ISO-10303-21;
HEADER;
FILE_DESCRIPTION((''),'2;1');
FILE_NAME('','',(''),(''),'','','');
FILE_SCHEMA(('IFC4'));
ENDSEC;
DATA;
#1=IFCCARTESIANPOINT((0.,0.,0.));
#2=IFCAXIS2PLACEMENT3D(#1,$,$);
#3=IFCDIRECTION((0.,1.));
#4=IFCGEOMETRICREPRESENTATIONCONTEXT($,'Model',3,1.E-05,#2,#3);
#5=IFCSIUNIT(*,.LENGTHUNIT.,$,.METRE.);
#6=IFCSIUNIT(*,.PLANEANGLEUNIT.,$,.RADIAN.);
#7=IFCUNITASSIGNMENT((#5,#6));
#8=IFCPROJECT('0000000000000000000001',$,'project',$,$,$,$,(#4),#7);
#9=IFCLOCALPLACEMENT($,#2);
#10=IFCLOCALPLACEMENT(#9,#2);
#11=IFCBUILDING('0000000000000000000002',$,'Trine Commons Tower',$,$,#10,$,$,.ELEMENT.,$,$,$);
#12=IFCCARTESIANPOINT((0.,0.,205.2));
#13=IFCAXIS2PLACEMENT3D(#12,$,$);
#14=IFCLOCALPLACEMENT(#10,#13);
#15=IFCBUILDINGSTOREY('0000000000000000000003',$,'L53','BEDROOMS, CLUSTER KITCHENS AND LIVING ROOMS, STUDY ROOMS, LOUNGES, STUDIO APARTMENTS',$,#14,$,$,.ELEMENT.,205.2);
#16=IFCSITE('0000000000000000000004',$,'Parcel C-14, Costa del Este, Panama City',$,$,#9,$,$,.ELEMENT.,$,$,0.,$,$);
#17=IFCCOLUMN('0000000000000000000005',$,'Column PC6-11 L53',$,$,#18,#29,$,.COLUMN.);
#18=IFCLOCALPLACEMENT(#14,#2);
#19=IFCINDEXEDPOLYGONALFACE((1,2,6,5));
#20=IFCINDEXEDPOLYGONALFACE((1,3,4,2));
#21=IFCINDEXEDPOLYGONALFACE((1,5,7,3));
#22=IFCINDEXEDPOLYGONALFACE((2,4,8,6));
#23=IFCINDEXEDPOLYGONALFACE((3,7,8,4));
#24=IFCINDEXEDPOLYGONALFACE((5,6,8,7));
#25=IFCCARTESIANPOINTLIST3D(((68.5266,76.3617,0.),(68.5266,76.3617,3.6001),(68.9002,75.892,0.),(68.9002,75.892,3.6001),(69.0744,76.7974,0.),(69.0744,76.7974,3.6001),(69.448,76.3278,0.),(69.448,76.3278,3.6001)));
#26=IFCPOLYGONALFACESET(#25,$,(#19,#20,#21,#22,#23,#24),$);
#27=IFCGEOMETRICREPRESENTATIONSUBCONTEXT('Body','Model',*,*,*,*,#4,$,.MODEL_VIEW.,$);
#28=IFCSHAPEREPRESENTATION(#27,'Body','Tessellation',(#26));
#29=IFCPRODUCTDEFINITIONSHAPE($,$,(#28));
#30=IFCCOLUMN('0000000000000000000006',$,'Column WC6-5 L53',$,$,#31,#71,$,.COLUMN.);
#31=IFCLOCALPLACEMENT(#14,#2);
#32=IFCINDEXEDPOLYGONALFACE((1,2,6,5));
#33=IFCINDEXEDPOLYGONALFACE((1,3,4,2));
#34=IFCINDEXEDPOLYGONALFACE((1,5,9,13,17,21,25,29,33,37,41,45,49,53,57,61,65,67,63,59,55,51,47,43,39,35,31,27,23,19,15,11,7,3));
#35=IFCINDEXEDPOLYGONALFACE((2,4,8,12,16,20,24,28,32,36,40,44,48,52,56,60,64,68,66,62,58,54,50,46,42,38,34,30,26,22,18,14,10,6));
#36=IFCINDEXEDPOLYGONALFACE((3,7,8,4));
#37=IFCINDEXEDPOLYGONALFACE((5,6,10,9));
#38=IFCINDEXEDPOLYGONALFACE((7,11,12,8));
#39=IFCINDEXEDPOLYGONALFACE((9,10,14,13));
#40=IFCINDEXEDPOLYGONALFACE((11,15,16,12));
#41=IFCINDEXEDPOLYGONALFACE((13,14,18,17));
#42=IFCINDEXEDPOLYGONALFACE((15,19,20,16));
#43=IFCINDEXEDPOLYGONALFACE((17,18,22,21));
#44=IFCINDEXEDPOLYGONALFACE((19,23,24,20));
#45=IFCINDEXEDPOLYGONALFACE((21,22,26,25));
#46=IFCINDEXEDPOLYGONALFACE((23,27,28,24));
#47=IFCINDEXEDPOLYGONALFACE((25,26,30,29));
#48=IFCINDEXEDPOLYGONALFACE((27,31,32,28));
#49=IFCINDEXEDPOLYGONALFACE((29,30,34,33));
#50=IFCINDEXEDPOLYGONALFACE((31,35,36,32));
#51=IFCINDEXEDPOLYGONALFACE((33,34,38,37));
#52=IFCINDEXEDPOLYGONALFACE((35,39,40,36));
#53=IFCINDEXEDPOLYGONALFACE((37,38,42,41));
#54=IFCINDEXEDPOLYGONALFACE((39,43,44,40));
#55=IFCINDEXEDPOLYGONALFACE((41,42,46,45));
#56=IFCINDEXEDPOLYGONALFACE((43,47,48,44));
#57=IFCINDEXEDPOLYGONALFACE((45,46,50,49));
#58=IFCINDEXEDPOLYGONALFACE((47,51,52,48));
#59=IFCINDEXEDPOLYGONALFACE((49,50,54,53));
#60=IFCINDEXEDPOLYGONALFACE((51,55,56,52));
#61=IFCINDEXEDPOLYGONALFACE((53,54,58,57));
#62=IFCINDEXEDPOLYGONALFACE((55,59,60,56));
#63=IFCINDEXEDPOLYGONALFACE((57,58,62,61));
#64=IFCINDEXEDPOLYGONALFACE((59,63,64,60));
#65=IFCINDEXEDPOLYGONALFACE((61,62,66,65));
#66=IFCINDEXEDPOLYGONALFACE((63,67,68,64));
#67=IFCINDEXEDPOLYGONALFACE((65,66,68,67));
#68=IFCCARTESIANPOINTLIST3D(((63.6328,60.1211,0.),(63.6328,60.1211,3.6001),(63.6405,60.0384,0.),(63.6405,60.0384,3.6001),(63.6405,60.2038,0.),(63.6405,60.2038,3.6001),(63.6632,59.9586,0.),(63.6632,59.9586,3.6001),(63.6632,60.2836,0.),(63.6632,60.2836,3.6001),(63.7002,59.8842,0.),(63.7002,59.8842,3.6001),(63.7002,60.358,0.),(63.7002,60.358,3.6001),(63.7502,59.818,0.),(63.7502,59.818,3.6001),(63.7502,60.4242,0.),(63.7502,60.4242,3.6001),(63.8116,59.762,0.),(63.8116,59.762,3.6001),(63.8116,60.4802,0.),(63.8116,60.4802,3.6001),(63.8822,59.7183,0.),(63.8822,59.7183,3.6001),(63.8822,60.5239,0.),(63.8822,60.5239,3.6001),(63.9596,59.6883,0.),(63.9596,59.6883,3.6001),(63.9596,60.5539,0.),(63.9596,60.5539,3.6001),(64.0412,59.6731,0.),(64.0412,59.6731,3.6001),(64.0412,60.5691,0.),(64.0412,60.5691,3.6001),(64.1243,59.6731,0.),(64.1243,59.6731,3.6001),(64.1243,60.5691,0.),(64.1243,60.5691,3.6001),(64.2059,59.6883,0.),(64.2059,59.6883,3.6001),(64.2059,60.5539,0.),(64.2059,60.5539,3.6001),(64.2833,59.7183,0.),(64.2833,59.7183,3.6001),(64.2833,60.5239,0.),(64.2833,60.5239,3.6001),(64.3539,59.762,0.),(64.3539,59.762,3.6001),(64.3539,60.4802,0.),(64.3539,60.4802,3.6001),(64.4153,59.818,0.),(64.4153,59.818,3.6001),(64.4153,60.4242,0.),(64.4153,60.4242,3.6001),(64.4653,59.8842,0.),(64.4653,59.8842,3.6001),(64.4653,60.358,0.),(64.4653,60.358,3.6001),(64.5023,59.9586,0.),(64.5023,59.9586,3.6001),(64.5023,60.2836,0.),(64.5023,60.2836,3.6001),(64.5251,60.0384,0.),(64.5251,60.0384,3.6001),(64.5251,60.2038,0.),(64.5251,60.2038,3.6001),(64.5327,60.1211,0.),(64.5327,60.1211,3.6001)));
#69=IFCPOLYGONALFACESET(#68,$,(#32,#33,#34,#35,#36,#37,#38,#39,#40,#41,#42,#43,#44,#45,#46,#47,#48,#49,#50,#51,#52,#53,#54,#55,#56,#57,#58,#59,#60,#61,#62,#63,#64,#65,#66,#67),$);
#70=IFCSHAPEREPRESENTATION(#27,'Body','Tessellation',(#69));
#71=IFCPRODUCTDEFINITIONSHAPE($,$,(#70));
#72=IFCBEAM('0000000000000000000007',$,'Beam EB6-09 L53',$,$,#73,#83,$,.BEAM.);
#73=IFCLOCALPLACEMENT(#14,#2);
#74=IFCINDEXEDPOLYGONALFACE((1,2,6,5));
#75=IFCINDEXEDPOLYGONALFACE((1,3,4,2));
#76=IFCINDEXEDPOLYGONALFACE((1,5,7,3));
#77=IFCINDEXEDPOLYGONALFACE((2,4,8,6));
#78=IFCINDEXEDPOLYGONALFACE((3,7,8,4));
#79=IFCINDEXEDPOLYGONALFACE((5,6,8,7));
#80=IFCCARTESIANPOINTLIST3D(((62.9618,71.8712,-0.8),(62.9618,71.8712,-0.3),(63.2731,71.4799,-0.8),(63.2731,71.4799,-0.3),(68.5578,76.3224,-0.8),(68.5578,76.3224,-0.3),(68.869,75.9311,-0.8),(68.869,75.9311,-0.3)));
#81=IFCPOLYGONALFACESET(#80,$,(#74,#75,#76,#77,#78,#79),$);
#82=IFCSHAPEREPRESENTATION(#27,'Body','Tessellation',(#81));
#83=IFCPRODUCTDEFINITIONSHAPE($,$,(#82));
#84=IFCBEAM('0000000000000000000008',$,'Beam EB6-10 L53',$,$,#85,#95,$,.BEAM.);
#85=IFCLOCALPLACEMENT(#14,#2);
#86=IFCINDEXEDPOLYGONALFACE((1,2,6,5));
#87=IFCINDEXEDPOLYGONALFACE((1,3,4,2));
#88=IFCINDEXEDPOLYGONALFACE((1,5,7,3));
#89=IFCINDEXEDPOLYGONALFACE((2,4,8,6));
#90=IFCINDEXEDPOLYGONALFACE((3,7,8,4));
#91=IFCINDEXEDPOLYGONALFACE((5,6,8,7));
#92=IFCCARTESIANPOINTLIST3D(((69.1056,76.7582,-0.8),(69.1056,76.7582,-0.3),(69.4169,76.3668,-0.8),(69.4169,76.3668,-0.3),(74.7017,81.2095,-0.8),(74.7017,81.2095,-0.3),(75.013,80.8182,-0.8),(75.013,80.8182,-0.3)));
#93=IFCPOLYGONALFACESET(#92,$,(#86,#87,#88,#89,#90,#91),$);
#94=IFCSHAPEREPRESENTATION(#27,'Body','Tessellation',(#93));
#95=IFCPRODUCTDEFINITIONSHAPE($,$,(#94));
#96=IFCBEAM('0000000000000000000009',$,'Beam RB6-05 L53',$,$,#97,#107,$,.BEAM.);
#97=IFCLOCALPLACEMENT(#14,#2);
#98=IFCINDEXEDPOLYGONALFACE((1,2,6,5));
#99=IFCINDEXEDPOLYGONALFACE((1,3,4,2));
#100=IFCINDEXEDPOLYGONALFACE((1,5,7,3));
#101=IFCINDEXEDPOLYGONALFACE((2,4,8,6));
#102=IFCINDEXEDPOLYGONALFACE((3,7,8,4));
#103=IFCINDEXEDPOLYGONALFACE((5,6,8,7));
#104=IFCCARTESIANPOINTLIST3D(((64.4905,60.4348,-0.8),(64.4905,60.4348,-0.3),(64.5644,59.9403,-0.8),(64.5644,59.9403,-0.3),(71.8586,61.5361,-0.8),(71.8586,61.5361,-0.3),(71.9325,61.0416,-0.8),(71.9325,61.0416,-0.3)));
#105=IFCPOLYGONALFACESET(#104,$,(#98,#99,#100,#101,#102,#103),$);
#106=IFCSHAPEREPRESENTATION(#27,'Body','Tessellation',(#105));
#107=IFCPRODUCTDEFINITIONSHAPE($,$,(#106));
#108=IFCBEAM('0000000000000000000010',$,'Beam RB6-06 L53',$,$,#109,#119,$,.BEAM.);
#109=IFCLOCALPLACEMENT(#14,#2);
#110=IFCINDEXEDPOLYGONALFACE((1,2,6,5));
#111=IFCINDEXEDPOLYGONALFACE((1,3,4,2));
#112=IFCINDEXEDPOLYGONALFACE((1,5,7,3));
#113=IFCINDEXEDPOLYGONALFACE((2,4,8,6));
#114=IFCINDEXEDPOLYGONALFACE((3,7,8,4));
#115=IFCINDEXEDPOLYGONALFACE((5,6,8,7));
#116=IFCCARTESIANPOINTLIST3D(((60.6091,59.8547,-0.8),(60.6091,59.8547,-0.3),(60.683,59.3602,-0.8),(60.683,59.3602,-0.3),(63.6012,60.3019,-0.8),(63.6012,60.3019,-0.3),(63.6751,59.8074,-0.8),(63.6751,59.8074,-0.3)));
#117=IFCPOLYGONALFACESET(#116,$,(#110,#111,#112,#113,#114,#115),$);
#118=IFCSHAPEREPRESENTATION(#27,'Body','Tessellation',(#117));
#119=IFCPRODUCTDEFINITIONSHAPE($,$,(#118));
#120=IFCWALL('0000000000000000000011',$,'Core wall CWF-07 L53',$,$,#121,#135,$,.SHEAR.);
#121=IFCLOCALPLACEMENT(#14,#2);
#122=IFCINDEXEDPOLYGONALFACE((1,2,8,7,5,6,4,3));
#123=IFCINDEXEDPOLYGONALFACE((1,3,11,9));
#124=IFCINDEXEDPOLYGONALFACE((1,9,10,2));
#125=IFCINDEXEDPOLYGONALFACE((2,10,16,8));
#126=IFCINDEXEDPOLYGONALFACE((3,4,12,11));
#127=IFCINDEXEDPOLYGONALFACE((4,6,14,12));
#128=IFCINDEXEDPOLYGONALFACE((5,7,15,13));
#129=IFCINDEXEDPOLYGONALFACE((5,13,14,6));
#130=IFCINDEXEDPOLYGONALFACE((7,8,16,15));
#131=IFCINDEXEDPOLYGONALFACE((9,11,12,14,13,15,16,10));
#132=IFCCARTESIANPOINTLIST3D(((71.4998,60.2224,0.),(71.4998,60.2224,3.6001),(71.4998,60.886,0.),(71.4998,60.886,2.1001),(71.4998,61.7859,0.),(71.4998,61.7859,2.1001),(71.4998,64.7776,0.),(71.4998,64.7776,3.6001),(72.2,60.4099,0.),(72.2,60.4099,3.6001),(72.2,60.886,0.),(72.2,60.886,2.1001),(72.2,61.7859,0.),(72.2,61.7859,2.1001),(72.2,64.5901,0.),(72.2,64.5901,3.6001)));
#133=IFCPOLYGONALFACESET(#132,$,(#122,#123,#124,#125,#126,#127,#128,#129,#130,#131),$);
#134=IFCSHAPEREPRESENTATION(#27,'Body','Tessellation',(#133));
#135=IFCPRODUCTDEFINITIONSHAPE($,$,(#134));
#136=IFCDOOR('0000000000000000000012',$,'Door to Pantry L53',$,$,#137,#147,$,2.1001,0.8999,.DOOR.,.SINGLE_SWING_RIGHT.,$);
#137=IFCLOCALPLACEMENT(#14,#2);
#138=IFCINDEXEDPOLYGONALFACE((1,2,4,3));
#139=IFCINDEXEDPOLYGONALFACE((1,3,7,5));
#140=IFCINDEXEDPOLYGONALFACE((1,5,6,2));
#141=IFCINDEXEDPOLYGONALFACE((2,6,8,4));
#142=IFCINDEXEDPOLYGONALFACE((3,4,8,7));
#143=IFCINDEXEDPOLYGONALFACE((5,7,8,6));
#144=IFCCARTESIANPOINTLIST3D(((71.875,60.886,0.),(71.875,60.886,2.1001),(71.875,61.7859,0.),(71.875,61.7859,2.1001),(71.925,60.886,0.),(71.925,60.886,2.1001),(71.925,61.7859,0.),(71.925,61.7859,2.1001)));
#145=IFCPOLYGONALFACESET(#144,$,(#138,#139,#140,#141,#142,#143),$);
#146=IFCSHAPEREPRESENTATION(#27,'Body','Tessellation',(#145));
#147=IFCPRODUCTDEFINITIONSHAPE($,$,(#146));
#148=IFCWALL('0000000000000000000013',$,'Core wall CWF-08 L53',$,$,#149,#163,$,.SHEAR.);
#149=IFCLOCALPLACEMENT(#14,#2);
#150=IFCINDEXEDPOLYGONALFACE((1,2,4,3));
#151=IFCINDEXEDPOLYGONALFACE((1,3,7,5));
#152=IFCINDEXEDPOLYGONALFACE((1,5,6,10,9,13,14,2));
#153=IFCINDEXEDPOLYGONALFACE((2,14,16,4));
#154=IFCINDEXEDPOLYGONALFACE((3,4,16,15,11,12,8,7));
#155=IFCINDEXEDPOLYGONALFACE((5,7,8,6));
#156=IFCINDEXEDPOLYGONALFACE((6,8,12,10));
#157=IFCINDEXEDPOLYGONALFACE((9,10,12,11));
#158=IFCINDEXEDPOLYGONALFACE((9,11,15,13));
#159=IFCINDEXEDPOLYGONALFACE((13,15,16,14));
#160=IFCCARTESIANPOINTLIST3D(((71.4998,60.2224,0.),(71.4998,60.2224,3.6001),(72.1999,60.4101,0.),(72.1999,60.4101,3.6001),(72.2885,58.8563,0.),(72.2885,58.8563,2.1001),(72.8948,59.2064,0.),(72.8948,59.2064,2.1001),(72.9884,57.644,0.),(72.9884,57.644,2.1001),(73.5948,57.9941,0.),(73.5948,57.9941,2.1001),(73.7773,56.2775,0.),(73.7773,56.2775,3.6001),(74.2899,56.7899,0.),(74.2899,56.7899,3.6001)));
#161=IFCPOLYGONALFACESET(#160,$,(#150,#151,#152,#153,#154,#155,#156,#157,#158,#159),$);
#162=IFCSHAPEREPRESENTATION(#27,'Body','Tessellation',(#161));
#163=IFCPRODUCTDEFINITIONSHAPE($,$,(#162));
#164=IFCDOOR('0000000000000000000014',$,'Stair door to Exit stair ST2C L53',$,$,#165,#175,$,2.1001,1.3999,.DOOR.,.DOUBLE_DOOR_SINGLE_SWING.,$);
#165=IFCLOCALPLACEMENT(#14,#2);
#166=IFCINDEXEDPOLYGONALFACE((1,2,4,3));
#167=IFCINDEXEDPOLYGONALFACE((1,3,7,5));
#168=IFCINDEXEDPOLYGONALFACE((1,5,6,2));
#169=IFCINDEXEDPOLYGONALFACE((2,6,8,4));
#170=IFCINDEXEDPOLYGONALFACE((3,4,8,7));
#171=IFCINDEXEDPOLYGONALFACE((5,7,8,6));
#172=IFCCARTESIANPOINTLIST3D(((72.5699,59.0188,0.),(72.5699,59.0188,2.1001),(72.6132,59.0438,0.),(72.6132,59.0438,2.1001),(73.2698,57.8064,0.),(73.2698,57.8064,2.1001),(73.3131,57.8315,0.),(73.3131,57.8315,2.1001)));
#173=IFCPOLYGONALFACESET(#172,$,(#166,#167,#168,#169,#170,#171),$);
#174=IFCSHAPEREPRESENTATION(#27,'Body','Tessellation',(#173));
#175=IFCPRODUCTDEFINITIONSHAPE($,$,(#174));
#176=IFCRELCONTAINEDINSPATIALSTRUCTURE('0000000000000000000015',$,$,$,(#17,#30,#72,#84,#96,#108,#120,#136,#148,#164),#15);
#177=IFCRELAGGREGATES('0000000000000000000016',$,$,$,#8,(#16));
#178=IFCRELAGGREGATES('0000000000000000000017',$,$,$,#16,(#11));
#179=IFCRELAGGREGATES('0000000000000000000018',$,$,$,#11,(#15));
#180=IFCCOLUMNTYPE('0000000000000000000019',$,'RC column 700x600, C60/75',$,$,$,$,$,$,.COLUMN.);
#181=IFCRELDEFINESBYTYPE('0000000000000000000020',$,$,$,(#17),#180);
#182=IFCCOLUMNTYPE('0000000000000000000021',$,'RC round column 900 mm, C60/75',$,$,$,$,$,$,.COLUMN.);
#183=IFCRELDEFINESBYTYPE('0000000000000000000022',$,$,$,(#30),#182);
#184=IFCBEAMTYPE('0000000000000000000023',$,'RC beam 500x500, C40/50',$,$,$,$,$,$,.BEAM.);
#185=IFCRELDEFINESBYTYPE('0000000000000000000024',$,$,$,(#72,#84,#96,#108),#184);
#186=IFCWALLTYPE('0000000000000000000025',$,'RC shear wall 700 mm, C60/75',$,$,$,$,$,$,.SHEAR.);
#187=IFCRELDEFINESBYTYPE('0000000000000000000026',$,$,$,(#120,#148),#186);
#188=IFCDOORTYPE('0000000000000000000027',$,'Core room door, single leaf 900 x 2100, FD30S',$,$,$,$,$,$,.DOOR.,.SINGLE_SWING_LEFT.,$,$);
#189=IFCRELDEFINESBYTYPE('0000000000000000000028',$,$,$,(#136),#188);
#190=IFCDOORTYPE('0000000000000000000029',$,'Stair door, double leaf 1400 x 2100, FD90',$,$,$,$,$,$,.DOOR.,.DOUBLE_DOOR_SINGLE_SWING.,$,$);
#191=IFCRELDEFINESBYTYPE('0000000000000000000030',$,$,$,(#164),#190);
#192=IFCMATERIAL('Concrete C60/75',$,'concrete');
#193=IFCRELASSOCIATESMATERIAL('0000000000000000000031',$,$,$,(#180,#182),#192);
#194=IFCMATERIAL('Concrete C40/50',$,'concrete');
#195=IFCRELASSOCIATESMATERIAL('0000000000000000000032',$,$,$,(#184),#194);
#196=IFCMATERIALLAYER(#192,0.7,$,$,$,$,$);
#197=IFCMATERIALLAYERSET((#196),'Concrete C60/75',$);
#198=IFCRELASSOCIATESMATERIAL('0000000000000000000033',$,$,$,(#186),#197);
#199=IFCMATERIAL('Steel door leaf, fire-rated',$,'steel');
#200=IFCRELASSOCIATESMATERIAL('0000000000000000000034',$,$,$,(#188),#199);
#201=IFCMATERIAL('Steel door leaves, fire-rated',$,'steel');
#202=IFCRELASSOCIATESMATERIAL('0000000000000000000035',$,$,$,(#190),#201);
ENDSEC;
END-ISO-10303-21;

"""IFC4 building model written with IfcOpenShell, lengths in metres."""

from ifc_helpers import new_model, si_unit, direction, frame, frame_2d, origin, origin_2d, place, context, subcontext, project, spatial, polyline, rectangle, circle, outline, extrude, material, layer, layer_set, material_profile, profile_set, type_object, element, fill, save


model = new_model("IFC4")

# Units and contexts
model_context = context("Model", 3, precision=1e-05, world=origin(), true_north=direction((0.0, 1.0)))
body_context = subcontext(model_context, "Body", "Model", "MODEL_VIEW")
ifc_project = project(units=[si_unit("LENGTHUNIT", "METRE"), si_unit("PLANEANGLEUNIT", "RADIAN")], contexts=[model_context])

# Site, building, storey
site_placement = place(None, origin())
site = spatial("IfcSite", under=ifc_project, at=site_placement, Name="Parcel C-14, Costa del Este, Panama City", CompositionType="ELEMENT", RefElevation=0.0)
building_placement = place(site_placement, origin())
building = spatial("IfcBuilding", under=site, at=building_placement, Name="Trine Commons Tower", CompositionType="ELEMENT")
storey_placement = place(building_placement, frame((0.0, 0.0, 205.2)))
storey = spatial("IfcBuildingStorey", under=building, at=storey_placement, Name="L53", Description="BEDROOMS, CLUSTER KITCHENS AND LIVING ROOMS, STUDY ROOMS, LOUNGES, STUDIO APARTMENTS", CompositionType="ELEMENT", Elevation=205.2)

# Columns
ifc_material_1 = material(Name="Concrete C60/75", Category="concrete")
ifc_material_profile_1 = material_profile(ifc_material_1, rectangle(XDim=0.7, YDim=0.6001, at=origin_2d()), Name="RC 700x600")
ifc_profile_set_1 = profile_set([ifc_material_profile_1], Name="Concrete C60/75")
column_type_1 = type_object("IfcColumnType", Name="RC column 700x600, C60/75", PredefinedType="COLUMN", material=ifc_profile_set_1)
column_1_placement = place(storey_placement, frame((68.9873, 76.3447, 0.0), z_axis=(0.0, 0.0, 1.0), x_axis=(0.782608, 0.622515, 0.0)))
element("IfcColumn", 1, at=column_1_placement, inside=storey, type_object=column_type_1, Name="Column PC6-11 L53", PredefinedType="COLUMN", context=body_context, shape_type="SweptSolid", body=[
    extrude(rectangle(XDim=0.7, YDim=0.6001, at=origin_2d()), origin(), (0.0, 0.0, 1.0), 3.6001),
])
ifc_material_profile_2 = material_profile(ifc_material_1, circle(Radius=0.45, at=origin_2d()), Name="RC round 900")
ifc_profile_set_2 = profile_set([ifc_material_profile_2], Name="Concrete C60/75")
column_type_2 = type_object("IfcColumnType", Name="RC round column 900 mm, C60/75", PredefinedType="COLUMN", material=ifc_profile_set_2)
column_2_placement = place(storey_placement, frame((64.0828, 60.1211, 0.0), z_axis=(0.0, 0.0, 1.0), x_axis=(1.0, 0.0, 0.0)))
element("IfcColumn", 2, at=column_2_placement, inside=storey, type_object=column_type_2, Name="Column WC6-5 L53", PredefinedType="COLUMN", context=body_context, shape_type="SweptSolid", body=[
    extrude(circle(Radius=0.45, at=origin_2d()), origin(), (0.0, 0.0, 1.0), 3.6001),
])

# Beams
ifc_material_2 = material(Name="Concrete C40/50", Category="concrete")
ifc_material_profile_3 = material_profile(ifc_material_2, rectangle(XDim=0.5, YDim=0.5, at=origin_2d()), Name="RC 500x500")
ifc_profile_set_3 = profile_set([ifc_material_profile_3], Name="Concrete C40/50")
beam_type = type_object("IfcBeamType", Name="RC beam 500x500, C40/50", PredefinedType="BEAM", material=ifc_profile_set_3)
beam_1_placement = place(storey_placement, frame((63.1174, 71.6755, -0.55), z_axis=(0.782611, 0.622511, 0.0), x_axis=(-0.622511, 0.782611, 0.0)))
element("IfcBeam", 3, at=beam_1_placement, inside=storey, type_object=beam_type, Name="Beam EB6-09 L53", PredefinedType="BEAM", context=body_context, shape_type="SweptSolid", body=[
    extrude(rectangle(XDim=0.5, YDim=0.5, at=origin_2d()), origin(), (0.0, 0.0, 1.0), 7.1504),
])
beam_2_placement = place(storey_placement, frame((69.2612, 76.5625, -0.55), z_axis=(0.782608, 0.622515, 0.0), x_axis=(-0.622515, 0.782608, 0.0)))
element("IfcBeam", 4, at=beam_2_placement, inside=storey, type_object=beam_type, Name="Beam EB6-10 L53", PredefinedType="BEAM", context=body_context, shape_type="SweptSolid", body=[
    extrude(rectangle(XDim=0.5, YDim=0.5, at=origin_2d()), origin(), (0.0, 0.0, 1.0), 7.1506),
])
beam_3_placement = place(storey_placement, frame((71.8955, 61.2888, -0.55), z_axis=(-0.989013, -0.147828, 0.0), x_axis=(0.147828, -0.989013, 0.0)))
element("IfcBeam", 5, at=beam_3_placement, inside=storey, type_object=beam_type, Name="Beam RB6-05 L53", PredefinedType="BEAM", context=body_context, shape_type="SweptSolid", body=[
    extrude(rectangle(XDim=0.5, YDim=0.5, at=origin_2d()), origin(), (0.0, 0.0, 1.0), 7.45),
])
beam_4_placement = place(storey_placement, frame((63.6382, 60.0547, -0.55), z_axis=(-0.989012, -0.147835, 0.0), x_axis=(0.147835, -0.989012, 0.0)))
element("IfcBeam", 6, at=beam_4_placement, inside=storey, type_object=beam_type, Name="Beam RB6-06 L53", PredefinedType="BEAM", context=body_context, shape_type="SweptSolid", body=[
    extrude(rectangle(XDim=0.5, YDim=0.5, at=origin_2d()), origin(), (0.0, 0.0, 1.0), 3.0254),
])

# Walls, openings, doors
ifc_layer_1 = layer(ifc_material_1, 0.7)
ifc_layer_set_1 = layer_set([ifc_layer_1], Name="Concrete C60/75")
wall_type_1 = type_object("IfcWallType", Name="RC shear wall 700 mm, C60/75", PredefinedType="SHEAR", material=ifc_layer_set_1)
wall_1_placement = place(storey_placement, frame((71.8499, 64.7776, 0.0), z_axis=(0.0, 0.0, 1.0), x_axis=(0.0, -1.0, 0.0)))
wall_1 = element("IfcWall", 7, at=wall_1_placement, inside=storey, type_object=wall_type_1, Name="Core wall CWF-07 L53", PredefinedType="SHEAR", context=body_context, shape_type="SweptSolid", body=[
    extrude(outline(polyline([(0.0, -0.3501), (4.5552, -0.3501), (4.3677, 0.3501), (0.1875, 0.3501), (0.0, -0.3501)])), origin(), (0.0, 0.0, 1.0), 3.6001),
])
opening_1_placement = place(wall_1_placement, frame((2.9917, 0.0, 0.0)))
opening_1 = element("IfcOpeningElement", 8, at=opening_1_placement, cuts=wall_1, PredefinedType="OPENING", context=body_context, shape_type="SweptSolid", body=[
    extrude(rectangle(XDim=0.8999, YDim=2.1001, at=frame_2d((0.45, 1.05))), frame((0.0, 0.3599, 0.0), z_axis=(0.0, -1.0, 0.0), x_axis=(1.0, 0.0, 0.0)), (0.0, 0.0, 1.0), 0.72),
])
ifc_material_3 = material(Name="Steel door leaf, fire-rated", Category="steel")
door_type_1 = type_object("IfcDoorType", Name="Core room door, single leaf 900 x 2100, FD30S", OperationType="SINGLE_SWING_LEFT", PredefinedType="DOOR", material=ifc_material_3)
door_1_placement = place(opening_1_placement, origin())
door_1 = element("IfcDoor", 9, at=door_1_placement, inside=storey, type_object=door_type_1, Name="Door to Pantry L53", OperationType="SINGLE_SWING_RIGHT", OverallHeight=2.1001, OverallWidth=0.8999, PredefinedType="DOOR", context=body_context, shape_type="SweptSolid", body=[
    extrude(rectangle(XDim=0.8999, YDim=2.1001, at=frame_2d((0.45, 1.05))), frame((0.0, 0.0752, 0.0), z_axis=(0.0, -1.0, 0.0), x_axis=(1.0, 0.0, 0.0)), (0.0, 0.0, 1.0), 0.05),
])
fill(opening_1, door_1)
wall_2_placement = place(storey_placement, frame((71.803, 60.3975, 0.0), z_axis=(0.0, 0.0, 1.0), x_axis=(0.499984, -0.866035, 0.0)))
wall_2 = element("IfcWall", 10, at=wall_2_placement, inside=storey, type_object=wall_type_1, Name="Core wall CWF-08 L53", PredefinedType="SHEAR", context=body_context, shape_type="SweptSolid", body=[
    extrude(outline(polyline([(0.0, -0.3501), (4.5552, -0.3501), (4.3677, 0.3501), (0.1875, 0.3501), (0.0, -0.3501)])), origin(), (0.0, 0.0, 1.0), 3.6001),
])
opening_2_placement = place(wall_2_placement, frame((1.5774, 0.0, 0.0)))
opening_2 = element("IfcOpeningElement", 11, at=opening_2_placement, cuts=wall_2, PredefinedType="OPENING", context=body_context, shape_type="SweptSolid", body=[
    extrude(rectangle(XDim=1.3999, YDim=2.1001, at=frame_2d((0.7, 1.05))), frame((0.0, 0.3599, 0.0), z_axis=(0.0, -1.0, 0.0), x_axis=(1.0, 0.0, 0.0)), (0.0, 0.0, 1.0), 0.72),
])
ifc_material_4 = material(Name="Steel door leaves, fire-rated", Category="steel")
door_type_2 = type_object("IfcDoorType", Name="Stair door, double leaf 1400 x 2100, FD90", OperationType="DOUBLE_DOOR_SINGLE_SWING", PredefinedType="DOOR", material=ifc_material_4)
door_2_placement = place(opening_2_placement, origin())
door_2 = element("IfcDoor", 12, at=door_2_placement, inside=storey, type_object=door_type_2, Name="Stair door to Exit stair ST2C L53", OperationType="DOUBLE_DOOR_SINGLE_SWING", OverallHeight=2.1001, OverallWidth=1.3999, PredefinedType="DOOR", context=body_context, shape_type="SweptSolid", body=[
    extrude(rectangle(XDim=1.3999, YDim=2.1001, at=frame_2d((0.7, 1.05))), frame((0.0, 0.0249, 0.0), z_axis=(0.0, -1.0, 0.0), x_axis=(1.0, 0.0, 0.0)), (0.0, 0.0, 1.0), 0.05),
])
fill(opening_2, door_2)

save(model, "model.ifc")
